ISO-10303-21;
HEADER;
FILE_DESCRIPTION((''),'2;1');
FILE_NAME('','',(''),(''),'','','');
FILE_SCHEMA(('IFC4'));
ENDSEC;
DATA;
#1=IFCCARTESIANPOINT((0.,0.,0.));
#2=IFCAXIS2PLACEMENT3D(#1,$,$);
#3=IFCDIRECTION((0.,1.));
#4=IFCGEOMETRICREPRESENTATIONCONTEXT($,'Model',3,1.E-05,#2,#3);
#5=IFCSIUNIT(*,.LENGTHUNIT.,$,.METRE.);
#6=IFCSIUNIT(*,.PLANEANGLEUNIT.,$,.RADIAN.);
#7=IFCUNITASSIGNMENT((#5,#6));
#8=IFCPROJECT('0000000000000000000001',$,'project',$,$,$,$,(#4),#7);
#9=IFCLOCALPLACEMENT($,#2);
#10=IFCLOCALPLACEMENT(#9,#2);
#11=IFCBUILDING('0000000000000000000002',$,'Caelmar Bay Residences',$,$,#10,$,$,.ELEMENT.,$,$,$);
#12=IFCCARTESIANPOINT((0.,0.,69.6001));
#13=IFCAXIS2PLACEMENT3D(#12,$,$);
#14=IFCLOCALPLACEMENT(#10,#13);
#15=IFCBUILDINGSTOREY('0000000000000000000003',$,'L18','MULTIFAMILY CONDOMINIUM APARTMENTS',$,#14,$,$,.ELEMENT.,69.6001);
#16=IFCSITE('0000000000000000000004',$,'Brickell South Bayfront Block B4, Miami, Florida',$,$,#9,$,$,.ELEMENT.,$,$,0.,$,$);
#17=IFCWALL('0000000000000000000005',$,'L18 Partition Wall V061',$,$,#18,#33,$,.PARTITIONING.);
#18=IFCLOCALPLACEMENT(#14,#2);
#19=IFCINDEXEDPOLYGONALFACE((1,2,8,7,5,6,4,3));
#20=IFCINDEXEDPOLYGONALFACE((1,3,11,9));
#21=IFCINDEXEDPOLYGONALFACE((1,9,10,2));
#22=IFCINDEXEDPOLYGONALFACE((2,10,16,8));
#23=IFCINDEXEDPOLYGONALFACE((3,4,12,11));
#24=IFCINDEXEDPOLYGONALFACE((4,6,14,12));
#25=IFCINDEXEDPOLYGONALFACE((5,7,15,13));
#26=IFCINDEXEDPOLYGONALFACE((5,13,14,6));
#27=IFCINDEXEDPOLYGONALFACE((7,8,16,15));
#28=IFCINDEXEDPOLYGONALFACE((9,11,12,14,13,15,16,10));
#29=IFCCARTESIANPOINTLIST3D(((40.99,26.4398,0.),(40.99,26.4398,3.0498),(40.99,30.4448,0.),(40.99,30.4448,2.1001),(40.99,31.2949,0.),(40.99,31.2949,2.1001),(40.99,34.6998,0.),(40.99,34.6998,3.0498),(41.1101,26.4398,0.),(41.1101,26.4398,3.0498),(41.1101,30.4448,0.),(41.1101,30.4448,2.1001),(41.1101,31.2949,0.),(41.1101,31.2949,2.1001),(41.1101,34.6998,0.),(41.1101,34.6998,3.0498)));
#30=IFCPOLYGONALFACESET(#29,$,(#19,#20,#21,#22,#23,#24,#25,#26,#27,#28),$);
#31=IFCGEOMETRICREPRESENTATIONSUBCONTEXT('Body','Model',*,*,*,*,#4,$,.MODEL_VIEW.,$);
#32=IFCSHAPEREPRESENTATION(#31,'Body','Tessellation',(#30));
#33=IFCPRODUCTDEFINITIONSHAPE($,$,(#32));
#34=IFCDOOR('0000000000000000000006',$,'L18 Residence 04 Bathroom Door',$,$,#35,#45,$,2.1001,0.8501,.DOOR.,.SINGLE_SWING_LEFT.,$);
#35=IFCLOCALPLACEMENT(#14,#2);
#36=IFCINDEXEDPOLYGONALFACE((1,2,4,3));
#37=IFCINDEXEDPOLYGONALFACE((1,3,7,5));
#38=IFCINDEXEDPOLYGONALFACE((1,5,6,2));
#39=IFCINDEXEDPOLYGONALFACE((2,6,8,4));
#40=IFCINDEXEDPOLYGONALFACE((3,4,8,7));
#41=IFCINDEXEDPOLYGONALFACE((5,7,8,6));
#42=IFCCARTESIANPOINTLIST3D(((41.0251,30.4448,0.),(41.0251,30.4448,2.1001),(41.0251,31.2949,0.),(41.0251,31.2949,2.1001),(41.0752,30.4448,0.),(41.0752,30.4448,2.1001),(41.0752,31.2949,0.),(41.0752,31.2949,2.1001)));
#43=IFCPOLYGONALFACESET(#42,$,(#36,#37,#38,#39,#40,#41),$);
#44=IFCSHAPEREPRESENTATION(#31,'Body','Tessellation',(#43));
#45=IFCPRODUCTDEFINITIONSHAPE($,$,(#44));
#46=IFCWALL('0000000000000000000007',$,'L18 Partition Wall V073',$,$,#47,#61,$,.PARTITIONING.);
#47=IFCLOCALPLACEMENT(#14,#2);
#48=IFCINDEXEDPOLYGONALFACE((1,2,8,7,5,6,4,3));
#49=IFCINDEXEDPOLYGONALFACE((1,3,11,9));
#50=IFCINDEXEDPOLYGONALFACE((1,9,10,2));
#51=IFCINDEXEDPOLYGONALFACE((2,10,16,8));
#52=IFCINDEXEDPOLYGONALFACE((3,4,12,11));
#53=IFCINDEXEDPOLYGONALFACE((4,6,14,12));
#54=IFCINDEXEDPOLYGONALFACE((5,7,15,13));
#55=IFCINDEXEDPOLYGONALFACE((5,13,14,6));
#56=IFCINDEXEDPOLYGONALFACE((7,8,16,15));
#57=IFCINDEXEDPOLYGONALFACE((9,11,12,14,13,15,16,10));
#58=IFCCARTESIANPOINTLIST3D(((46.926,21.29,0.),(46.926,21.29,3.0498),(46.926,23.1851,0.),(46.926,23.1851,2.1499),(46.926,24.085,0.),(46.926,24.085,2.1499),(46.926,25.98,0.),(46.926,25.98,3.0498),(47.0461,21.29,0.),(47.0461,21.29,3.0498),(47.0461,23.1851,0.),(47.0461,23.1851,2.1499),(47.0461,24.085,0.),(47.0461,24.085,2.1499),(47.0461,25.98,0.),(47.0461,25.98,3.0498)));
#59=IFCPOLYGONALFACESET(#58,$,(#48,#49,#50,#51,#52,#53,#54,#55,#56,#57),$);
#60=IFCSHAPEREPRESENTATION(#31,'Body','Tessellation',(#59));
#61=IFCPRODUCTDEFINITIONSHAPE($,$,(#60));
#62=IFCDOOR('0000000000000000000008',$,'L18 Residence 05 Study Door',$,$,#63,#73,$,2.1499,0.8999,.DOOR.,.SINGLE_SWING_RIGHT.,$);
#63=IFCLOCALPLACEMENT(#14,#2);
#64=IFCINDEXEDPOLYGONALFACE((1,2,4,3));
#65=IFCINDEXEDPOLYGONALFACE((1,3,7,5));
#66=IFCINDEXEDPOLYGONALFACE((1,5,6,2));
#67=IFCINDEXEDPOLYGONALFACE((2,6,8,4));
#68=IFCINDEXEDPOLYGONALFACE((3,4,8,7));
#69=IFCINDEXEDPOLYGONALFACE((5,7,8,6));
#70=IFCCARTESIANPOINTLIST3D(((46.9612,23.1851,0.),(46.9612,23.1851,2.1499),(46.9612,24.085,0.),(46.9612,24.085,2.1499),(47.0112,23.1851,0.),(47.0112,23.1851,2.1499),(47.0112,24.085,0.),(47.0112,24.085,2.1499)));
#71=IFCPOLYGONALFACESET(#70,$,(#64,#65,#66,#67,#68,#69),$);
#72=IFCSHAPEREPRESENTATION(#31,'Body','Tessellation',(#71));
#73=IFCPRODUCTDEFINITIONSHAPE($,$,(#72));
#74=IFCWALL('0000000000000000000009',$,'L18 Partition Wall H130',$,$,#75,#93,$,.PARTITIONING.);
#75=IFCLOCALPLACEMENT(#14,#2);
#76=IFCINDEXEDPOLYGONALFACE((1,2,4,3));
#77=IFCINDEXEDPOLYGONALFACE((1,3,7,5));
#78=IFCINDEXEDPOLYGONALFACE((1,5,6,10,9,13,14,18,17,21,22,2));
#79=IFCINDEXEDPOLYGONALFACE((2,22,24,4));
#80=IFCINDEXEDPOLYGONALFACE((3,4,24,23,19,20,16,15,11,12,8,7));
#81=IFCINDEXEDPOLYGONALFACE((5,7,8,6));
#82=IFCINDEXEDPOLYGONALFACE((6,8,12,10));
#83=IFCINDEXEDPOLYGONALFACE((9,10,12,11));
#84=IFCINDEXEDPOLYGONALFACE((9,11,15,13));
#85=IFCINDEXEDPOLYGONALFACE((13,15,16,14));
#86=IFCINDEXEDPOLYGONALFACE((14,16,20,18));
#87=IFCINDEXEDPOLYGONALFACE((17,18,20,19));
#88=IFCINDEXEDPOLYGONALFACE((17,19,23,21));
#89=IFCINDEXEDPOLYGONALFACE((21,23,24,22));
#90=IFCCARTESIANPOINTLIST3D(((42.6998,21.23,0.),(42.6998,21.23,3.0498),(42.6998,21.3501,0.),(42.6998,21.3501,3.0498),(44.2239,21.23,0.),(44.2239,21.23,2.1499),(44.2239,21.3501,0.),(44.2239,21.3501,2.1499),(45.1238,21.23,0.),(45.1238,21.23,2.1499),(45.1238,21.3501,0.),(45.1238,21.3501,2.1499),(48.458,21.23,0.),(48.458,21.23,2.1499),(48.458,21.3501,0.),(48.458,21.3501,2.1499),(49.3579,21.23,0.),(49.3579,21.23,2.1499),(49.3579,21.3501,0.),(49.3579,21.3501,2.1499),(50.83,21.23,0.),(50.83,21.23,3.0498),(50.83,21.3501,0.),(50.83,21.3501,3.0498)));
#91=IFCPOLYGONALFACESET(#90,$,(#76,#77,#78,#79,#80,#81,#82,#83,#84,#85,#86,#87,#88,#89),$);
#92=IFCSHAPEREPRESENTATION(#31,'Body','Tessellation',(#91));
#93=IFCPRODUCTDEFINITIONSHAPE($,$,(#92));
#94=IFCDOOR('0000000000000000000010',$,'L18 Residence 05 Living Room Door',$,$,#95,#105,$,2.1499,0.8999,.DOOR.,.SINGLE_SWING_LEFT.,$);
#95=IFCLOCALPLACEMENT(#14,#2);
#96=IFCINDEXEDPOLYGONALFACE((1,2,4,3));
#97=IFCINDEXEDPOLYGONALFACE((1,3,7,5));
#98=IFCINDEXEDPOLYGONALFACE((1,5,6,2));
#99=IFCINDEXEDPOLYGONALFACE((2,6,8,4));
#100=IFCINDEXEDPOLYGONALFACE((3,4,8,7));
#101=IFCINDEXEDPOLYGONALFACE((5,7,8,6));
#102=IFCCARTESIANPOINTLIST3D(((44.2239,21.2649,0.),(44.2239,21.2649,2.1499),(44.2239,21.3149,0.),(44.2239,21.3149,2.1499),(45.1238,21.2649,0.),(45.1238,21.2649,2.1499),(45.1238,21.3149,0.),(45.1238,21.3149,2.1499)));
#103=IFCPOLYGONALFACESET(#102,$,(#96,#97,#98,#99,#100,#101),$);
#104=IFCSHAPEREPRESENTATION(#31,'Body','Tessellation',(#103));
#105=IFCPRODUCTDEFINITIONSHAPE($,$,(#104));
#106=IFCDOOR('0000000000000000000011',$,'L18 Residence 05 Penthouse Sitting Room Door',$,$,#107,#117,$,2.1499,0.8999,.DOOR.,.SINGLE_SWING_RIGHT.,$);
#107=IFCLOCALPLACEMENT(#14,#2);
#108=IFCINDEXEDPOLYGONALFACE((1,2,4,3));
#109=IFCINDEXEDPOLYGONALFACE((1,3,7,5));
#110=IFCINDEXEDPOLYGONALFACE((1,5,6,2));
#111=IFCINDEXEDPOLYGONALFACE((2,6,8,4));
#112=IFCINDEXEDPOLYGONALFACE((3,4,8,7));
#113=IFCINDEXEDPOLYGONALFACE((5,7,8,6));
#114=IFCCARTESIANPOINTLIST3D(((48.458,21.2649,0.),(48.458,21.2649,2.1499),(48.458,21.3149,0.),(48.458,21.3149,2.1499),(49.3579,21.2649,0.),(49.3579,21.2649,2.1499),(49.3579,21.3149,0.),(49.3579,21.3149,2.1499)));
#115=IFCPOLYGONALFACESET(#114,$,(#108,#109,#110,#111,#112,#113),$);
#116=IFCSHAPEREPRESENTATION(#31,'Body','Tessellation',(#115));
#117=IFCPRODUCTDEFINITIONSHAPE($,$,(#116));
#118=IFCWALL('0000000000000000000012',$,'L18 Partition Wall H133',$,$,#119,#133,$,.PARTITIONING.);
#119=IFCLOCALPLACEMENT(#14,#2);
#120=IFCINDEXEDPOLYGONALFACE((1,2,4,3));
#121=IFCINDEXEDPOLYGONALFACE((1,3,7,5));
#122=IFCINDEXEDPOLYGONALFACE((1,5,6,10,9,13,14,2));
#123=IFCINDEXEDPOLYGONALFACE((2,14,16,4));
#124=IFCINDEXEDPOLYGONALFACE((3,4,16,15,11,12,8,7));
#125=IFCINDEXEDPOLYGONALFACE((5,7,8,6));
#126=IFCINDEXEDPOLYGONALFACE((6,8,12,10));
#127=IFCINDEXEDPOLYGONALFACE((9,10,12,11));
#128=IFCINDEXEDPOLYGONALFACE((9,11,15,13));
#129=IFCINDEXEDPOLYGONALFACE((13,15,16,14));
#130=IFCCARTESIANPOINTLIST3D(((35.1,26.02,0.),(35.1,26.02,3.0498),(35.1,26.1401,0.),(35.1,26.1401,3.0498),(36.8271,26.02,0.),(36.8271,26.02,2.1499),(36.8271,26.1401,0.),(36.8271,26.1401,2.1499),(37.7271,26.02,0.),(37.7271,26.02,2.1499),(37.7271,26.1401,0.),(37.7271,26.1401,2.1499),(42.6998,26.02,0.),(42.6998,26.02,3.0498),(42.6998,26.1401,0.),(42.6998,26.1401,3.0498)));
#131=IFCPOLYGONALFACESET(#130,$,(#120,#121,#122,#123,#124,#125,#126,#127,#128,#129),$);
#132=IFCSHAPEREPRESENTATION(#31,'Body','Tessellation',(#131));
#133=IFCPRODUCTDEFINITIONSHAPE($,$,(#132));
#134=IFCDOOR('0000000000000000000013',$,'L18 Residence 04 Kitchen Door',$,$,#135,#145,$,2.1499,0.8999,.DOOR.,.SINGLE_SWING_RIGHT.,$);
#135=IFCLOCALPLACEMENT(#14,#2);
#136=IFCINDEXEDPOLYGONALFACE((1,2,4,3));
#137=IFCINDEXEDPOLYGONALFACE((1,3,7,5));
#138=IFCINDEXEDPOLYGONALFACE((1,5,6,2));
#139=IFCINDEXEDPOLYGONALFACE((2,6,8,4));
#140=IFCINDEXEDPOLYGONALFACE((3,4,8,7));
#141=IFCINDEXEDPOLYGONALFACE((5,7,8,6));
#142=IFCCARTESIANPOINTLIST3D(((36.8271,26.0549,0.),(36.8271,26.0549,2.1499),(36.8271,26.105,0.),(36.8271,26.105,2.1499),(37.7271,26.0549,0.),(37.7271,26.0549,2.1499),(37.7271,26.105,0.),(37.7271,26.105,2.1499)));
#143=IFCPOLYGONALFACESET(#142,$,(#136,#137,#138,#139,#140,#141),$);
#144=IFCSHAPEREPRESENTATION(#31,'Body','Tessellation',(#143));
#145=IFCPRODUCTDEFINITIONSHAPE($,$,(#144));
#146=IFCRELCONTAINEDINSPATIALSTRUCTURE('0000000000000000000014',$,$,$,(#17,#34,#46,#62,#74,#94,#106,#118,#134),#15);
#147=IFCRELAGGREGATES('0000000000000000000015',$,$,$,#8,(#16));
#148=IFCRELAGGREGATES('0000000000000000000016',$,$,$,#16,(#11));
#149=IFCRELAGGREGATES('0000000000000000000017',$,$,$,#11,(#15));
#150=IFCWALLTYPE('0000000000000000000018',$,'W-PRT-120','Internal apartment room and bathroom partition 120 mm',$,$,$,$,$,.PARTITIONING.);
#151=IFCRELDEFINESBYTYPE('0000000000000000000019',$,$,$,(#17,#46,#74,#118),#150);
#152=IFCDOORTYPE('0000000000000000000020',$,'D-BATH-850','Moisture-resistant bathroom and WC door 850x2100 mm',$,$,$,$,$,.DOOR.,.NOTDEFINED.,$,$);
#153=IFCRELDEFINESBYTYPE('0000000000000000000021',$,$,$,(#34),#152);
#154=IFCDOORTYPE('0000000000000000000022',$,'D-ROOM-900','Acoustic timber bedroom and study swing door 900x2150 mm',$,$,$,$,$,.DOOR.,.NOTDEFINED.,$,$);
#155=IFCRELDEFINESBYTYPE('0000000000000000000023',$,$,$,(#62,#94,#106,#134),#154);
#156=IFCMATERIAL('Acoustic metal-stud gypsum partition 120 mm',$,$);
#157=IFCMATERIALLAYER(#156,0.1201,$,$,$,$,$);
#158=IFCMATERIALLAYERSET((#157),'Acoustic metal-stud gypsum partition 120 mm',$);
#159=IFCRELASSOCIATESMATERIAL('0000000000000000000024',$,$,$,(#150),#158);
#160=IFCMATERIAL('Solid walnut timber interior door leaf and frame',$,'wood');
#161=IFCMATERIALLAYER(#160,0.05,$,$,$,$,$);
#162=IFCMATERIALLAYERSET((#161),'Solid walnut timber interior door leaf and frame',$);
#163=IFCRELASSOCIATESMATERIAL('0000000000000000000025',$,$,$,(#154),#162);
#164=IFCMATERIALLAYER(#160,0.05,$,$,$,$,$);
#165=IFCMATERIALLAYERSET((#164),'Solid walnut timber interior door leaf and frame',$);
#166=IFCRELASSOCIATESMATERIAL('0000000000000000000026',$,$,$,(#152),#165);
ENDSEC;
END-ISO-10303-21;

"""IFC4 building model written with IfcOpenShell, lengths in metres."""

from ifc_helpers import new_model, si_unit, direction, frame, frame_2d, origin, place, context, subcontext, project, spatial, rectangle, extrude, material, layer, layer_set, type_object, element, fill, save


model = new_model("IFC4")

# Units and contexts
model_context = context("Model", 3, precision=1e-05, world=origin(), true_north=direction((0.0, 1.0)))
body_context = subcontext(model_context, "Body", "Model", "MODEL_VIEW")
ifc_project = project(units=[si_unit("LENGTHUNIT", "METRE"), si_unit("PLANEANGLEUNIT", "RADIAN")], contexts=[model_context])

# Site, building, storey
site_placement = place(None, origin())
site = spatial("IfcSite", under=ifc_project, at=site_placement, Name="Brickell South Bayfront Block B4, Miami, Florida", CompositionType="ELEMENT", RefElevation=0.0)
building_placement = place(site_placement, origin())
building = spatial("IfcBuilding", under=site, at=building_placement, Name="Caelmar Bay Residences", CompositionType="ELEMENT")
storey_placement = place(building_placement, frame((0.0, 0.0, 69.6001)))
storey = spatial("IfcBuildingStorey", under=building, at=storey_placement, Name="L18", Description="MULTIFAMILY CONDOMINIUM APARTMENTS", CompositionType="ELEMENT", Elevation=69.6001)

# Shared definitions
ifc_material_1 = material(Name="Acoustic metal-stud gypsum partition 120 mm")
ifc_layer_1 = layer(ifc_material_1, 0.1201)
ifc_layer_set_1 = layer_set([ifc_layer_1], Name="Acoustic metal-stud gypsum partition 120 mm")
wall_type_1 = type_object("IfcWallType", Name="W-PRT-120", Description="Internal apartment room and bathroom partition 120 mm", PredefinedType="PARTITIONING", material=ifc_layer_set_1)
ifc_material_2 = material(Name="Solid walnut timber interior door leaf and frame", Category="wood")
ifc_layer_2 = layer(ifc_material_2, 0.05)
ifc_layer_set_2 = layer_set([ifc_layer_2], Name="Solid walnut timber interior door leaf and frame")
door_type_1 = type_object("IfcDoorType", Name="D-ROOM-900", Description="Acoustic timber bedroom and study swing door 900x2150 mm", OperationType="NOTDEFINED", PredefinedType="DOOR", material=ifc_layer_set_2)

# Walls, openings, doors
wall_1_placement = place(storey_placement, frame((41.05, 26.4399, 0.0), z_axis=(0.0, 0.0, 1.0), x_axis=(0.0, 1.0, 0.0)))
wall_1 = element("IfcWall", 1, at=wall_1_placement, inside=storey, type_object=wall_type_1, Name="L18 Partition Wall V061", PredefinedType="PARTITIONING", context=body_context, shape_type="SweptSolid", body=[
    extrude(rectangle(XDim=8.26, YDim=0.1201, at=frame_2d((4.1299, 0.0))), origin(), (0.0, 0.0, 1.0), 3.0498),
])
opening_1_placement = place(wall_1_placement, frame((4.0049, 0.0, 0.0)))
opening_1 = element("IfcOpeningElement", 2, at=opening_1_placement, cuts=wall_1, PredefinedType="OPENING", context=body_context, shape_type="SweptSolid", body=[
    extrude(rectangle(XDim=0.8501, YDim=2.1001, at=frame_2d((0.425, 1.05))), frame((0.0, 0.0701, 0.0), z_axis=(0.0, -1.0, 0.0), x_axis=(1.0, 0.0, 0.0)), (0.0, 0.0, 1.0), 0.1401),
])
ifc_layer_3 = layer(ifc_material_2, 0.05)
ifc_layer_set_3 = layer_set([ifc_layer_3], Name="Solid walnut timber interior door leaf and frame")
door_type_2 = type_object("IfcDoorType", Name="D-BATH-850", Description="Moisture-resistant bathroom and WC door 850x2100 mm", OperationType="NOTDEFINED", PredefinedType="DOOR", material=ifc_layer_set_3)
door_1_placement = place(opening_1_placement, origin())
door_1 = element("IfcDoor", 3, at=door_1_placement, inside=storey, type_object=door_type_2, Name="L18 Residence 04 Bathroom Door", OperationType="SINGLE_SWING_LEFT", OverallHeight=2.1001, OverallWidth=0.8501, PredefinedType="DOOR", context=body_context, shape_type="SweptSolid", body=[
    extrude(rectangle(XDim=0.8501, YDim=2.1001, at=frame_2d((0.425, 1.05))), frame((0.0, 0.0249, 0.0), z_axis=(0.0, -1.0, 0.0), x_axis=(1.0, 0.0, 0.0)), (0.0, 0.0, 1.0), 0.05),
])
fill(opening_1, door_1)
wall_2_placement = place(storey_placement, frame((46.9861, 21.29, 0.0), z_axis=(0.0, 0.0, 1.0), x_axis=(0.0, 1.0, 0.0)))
wall_2 = element("IfcWall", 4, at=wall_2_placement, inside=storey, type_object=wall_type_1, Name="L18 Partition Wall V073", PredefinedType="PARTITIONING", context=body_context, shape_type="SweptSolid", body=[
    extrude(rectangle(XDim=4.6899, YDim=0.1201, at=frame_2d((2.345, 0.0))), origin(), (0.0, 0.0, 1.0), 3.0498),
])
opening_2_placement = place(wall_2_placement, frame((1.895, 0.0, 0.0)))
opening_2 = element("IfcOpeningElement", 5, at=opening_2_placement, cuts=wall_2, PredefinedType="OPENING", context=body_context, shape_type="SweptSolid", body=[
    extrude(rectangle(XDim=0.8999, YDim=2.1499, at=frame_2d((0.45, 1.075))), frame((0.0, 0.0701, 0.0), z_axis=(0.0, -1.0, 0.0), x_axis=(1.0, 0.0, 0.0)), (0.0, 0.0, 1.0), 0.1401),
])
door_2_placement = place(opening_2_placement, origin())
door_2 = element("IfcDoor", 6, at=door_2_placement, inside=storey, type_object=door_type_1, Name="L18 Residence 05 Study Door", OperationType="SINGLE_SWING_RIGHT", OverallHeight=2.1499, OverallWidth=0.8999, PredefinedType="DOOR", context=body_context, shape_type="SweptSolid", body=[
    extrude(rectangle(XDim=0.8999, YDim=2.1499, at=frame_2d((0.45, 1.075))), frame((0.0, 0.0249, 0.0), z_axis=(0.0, -1.0, 0.0), x_axis=(1.0, 0.0, 0.0)), (0.0, 0.0, 1.0), 0.05),
])
fill(opening_2, door_2)

# Wall, openings, doors
wall_3_placement = place(storey_placement, frame((42.7, 21.29, 0.0), z_axis=(0.0, 0.0, 1.0), x_axis=(1.0, 0.0, 0.0)))
wall_3 = element("IfcWall", 7, at=wall_3_placement, inside=storey, type_object=wall_type_1, Name="L18 Partition Wall H130", PredefinedType="PARTITIONING", context=body_context, shape_type="SweptSolid", body=[
    extrude(rectangle(XDim=8.1301, YDim=0.1201, at=frame_2d((4.0649, 0.0))), origin(), (0.0, 0.0, 1.0), 3.0498),
])
opening_3_placement = place(wall_3_placement, frame((1.5239, 0.0, 0.0)))
opening_3 = element("IfcOpeningElement", 8, at=opening_3_placement, cuts=wall_3, PredefinedType="OPENING", context=body_context, shape_type="SweptSolid", body=[
    extrude(rectangle(XDim=0.8999, YDim=2.1499, at=frame_2d((0.45, 1.075))), frame((0.0, 0.0701, 0.0), z_axis=(0.0, -1.0, 0.0), x_axis=(1.0, 0.0, 0.0)), (0.0, 0.0, 1.0), 0.1401),
])
opening_4_placement = place(wall_3_placement, frame((5.7581, 0.0, 0.0)))
opening_4 = element("IfcOpeningElement", 9, at=opening_4_placement, cuts=wall_3, PredefinedType="OPENING", context=body_context, shape_type="SweptSolid", body=[
    extrude(rectangle(XDim=0.8999, YDim=2.1499, at=frame_2d((0.45, 1.075))), frame((0.0, 0.0701, 0.0), z_axis=(0.0, -1.0, 0.0), x_axis=(1.0, 0.0, 0.0)), (0.0, 0.0, 1.0), 0.1401),
])
door_3_placement = place(opening_3_placement, origin())
door_3 = element("IfcDoor", 10, at=door_3_placement, inside=storey, type_object=door_type_1, Name="L18 Residence 05 Living Room Door", OperationType="SINGLE_SWING_LEFT", OverallHeight=2.1499, OverallWidth=0.8999, PredefinedType="DOOR", context=body_context, shape_type="SweptSolid", body=[
    extrude(rectangle(XDim=0.8999, YDim=2.1499, at=frame_2d((0.45, 1.075))), frame((0.0, 0.0249, 0.0), z_axis=(0.0, -1.0, 0.0), x_axis=(1.0, 0.0, 0.0)), (0.0, 0.0, 1.0), 0.05),
])
fill(opening_3, door_3)
door_4_placement = place(opening_4_placement, origin())
door_4 = element("IfcDoor", 11, at=door_4_placement, inside=storey, type_object=door_type_1, Name="L18 Residence 05 Penthouse Sitting Room Door", OperationType="SINGLE_SWING_RIGHT", OverallHeight=2.1499, OverallWidth=0.8999, PredefinedType="DOOR", context=body_context, shape_type="SweptSolid", body=[
    extrude(rectangle(XDim=0.8999, YDim=2.1499, at=frame_2d((0.45, 1.075))), frame((0.0, 0.0249, 0.0), z_axis=(0.0, -1.0, 0.0), x_axis=(1.0, 0.0, 0.0)), (0.0, 0.0, 1.0), 0.05),
])
fill(opening_4, door_4)

# Wall, opening, door
wall_4_placement = place(storey_placement, frame((35.1001, 26.0801, 0.0), z_axis=(0.0, 0.0, 1.0), x_axis=(1.0, 0.0, 0.0)))
wall_4 = element("IfcWall", 12, at=wall_4_placement, inside=storey, type_object=wall_type_1, Name="L18 Partition Wall H133", PredefinedType="PARTITIONING", context=body_context, shape_type="SweptSolid", body=[
    extrude(rectangle(XDim=7.5999, YDim=0.1201, at=frame_2d((3.7998, 0.0))), origin(), (0.0, 0.0, 1.0), 3.0498),
])
opening_5_placement = place(wall_4_placement, frame((1.7271, 0.0, 0.0)))
opening_5 = element("IfcOpeningElement", 13, at=opening_5_placement, cuts=wall_4, PredefinedType="OPENING", context=body_context, shape_type="SweptSolid", body=[
    extrude(rectangle(XDim=0.8999, YDim=2.1499, at=frame_2d((0.45, 1.075))), frame((0.0, 0.0701, 0.0), z_axis=(0.0, -1.0, 0.0), x_axis=(1.0, 0.0, 0.0)), (0.0, 0.0, 1.0), 0.1401),
])
door_5_placement = place(opening_5_placement, origin())
door_5 = element("IfcDoor", 14, at=door_5_placement, inside=storey, type_object=door_type_1, Name="L18 Residence 04 Kitchen Door", OperationType="SINGLE_SWING_RIGHT", OverallHeight=2.1499, OverallWidth=0.8999, PredefinedType="DOOR", context=body_context, shape_type="SweptSolid", body=[
    extrude(rectangle(XDim=0.8999, YDim=2.1499, at=frame_2d((0.45, 1.075))), frame((0.0, 0.0249, 0.0), z_axis=(0.0, -1.0, 0.0), x_axis=(1.0, 0.0, 0.0)), (0.0, 0.0, 1.0), 0.05),
])
fill(opening_5, door_5)

save(model, "model.ifc")
